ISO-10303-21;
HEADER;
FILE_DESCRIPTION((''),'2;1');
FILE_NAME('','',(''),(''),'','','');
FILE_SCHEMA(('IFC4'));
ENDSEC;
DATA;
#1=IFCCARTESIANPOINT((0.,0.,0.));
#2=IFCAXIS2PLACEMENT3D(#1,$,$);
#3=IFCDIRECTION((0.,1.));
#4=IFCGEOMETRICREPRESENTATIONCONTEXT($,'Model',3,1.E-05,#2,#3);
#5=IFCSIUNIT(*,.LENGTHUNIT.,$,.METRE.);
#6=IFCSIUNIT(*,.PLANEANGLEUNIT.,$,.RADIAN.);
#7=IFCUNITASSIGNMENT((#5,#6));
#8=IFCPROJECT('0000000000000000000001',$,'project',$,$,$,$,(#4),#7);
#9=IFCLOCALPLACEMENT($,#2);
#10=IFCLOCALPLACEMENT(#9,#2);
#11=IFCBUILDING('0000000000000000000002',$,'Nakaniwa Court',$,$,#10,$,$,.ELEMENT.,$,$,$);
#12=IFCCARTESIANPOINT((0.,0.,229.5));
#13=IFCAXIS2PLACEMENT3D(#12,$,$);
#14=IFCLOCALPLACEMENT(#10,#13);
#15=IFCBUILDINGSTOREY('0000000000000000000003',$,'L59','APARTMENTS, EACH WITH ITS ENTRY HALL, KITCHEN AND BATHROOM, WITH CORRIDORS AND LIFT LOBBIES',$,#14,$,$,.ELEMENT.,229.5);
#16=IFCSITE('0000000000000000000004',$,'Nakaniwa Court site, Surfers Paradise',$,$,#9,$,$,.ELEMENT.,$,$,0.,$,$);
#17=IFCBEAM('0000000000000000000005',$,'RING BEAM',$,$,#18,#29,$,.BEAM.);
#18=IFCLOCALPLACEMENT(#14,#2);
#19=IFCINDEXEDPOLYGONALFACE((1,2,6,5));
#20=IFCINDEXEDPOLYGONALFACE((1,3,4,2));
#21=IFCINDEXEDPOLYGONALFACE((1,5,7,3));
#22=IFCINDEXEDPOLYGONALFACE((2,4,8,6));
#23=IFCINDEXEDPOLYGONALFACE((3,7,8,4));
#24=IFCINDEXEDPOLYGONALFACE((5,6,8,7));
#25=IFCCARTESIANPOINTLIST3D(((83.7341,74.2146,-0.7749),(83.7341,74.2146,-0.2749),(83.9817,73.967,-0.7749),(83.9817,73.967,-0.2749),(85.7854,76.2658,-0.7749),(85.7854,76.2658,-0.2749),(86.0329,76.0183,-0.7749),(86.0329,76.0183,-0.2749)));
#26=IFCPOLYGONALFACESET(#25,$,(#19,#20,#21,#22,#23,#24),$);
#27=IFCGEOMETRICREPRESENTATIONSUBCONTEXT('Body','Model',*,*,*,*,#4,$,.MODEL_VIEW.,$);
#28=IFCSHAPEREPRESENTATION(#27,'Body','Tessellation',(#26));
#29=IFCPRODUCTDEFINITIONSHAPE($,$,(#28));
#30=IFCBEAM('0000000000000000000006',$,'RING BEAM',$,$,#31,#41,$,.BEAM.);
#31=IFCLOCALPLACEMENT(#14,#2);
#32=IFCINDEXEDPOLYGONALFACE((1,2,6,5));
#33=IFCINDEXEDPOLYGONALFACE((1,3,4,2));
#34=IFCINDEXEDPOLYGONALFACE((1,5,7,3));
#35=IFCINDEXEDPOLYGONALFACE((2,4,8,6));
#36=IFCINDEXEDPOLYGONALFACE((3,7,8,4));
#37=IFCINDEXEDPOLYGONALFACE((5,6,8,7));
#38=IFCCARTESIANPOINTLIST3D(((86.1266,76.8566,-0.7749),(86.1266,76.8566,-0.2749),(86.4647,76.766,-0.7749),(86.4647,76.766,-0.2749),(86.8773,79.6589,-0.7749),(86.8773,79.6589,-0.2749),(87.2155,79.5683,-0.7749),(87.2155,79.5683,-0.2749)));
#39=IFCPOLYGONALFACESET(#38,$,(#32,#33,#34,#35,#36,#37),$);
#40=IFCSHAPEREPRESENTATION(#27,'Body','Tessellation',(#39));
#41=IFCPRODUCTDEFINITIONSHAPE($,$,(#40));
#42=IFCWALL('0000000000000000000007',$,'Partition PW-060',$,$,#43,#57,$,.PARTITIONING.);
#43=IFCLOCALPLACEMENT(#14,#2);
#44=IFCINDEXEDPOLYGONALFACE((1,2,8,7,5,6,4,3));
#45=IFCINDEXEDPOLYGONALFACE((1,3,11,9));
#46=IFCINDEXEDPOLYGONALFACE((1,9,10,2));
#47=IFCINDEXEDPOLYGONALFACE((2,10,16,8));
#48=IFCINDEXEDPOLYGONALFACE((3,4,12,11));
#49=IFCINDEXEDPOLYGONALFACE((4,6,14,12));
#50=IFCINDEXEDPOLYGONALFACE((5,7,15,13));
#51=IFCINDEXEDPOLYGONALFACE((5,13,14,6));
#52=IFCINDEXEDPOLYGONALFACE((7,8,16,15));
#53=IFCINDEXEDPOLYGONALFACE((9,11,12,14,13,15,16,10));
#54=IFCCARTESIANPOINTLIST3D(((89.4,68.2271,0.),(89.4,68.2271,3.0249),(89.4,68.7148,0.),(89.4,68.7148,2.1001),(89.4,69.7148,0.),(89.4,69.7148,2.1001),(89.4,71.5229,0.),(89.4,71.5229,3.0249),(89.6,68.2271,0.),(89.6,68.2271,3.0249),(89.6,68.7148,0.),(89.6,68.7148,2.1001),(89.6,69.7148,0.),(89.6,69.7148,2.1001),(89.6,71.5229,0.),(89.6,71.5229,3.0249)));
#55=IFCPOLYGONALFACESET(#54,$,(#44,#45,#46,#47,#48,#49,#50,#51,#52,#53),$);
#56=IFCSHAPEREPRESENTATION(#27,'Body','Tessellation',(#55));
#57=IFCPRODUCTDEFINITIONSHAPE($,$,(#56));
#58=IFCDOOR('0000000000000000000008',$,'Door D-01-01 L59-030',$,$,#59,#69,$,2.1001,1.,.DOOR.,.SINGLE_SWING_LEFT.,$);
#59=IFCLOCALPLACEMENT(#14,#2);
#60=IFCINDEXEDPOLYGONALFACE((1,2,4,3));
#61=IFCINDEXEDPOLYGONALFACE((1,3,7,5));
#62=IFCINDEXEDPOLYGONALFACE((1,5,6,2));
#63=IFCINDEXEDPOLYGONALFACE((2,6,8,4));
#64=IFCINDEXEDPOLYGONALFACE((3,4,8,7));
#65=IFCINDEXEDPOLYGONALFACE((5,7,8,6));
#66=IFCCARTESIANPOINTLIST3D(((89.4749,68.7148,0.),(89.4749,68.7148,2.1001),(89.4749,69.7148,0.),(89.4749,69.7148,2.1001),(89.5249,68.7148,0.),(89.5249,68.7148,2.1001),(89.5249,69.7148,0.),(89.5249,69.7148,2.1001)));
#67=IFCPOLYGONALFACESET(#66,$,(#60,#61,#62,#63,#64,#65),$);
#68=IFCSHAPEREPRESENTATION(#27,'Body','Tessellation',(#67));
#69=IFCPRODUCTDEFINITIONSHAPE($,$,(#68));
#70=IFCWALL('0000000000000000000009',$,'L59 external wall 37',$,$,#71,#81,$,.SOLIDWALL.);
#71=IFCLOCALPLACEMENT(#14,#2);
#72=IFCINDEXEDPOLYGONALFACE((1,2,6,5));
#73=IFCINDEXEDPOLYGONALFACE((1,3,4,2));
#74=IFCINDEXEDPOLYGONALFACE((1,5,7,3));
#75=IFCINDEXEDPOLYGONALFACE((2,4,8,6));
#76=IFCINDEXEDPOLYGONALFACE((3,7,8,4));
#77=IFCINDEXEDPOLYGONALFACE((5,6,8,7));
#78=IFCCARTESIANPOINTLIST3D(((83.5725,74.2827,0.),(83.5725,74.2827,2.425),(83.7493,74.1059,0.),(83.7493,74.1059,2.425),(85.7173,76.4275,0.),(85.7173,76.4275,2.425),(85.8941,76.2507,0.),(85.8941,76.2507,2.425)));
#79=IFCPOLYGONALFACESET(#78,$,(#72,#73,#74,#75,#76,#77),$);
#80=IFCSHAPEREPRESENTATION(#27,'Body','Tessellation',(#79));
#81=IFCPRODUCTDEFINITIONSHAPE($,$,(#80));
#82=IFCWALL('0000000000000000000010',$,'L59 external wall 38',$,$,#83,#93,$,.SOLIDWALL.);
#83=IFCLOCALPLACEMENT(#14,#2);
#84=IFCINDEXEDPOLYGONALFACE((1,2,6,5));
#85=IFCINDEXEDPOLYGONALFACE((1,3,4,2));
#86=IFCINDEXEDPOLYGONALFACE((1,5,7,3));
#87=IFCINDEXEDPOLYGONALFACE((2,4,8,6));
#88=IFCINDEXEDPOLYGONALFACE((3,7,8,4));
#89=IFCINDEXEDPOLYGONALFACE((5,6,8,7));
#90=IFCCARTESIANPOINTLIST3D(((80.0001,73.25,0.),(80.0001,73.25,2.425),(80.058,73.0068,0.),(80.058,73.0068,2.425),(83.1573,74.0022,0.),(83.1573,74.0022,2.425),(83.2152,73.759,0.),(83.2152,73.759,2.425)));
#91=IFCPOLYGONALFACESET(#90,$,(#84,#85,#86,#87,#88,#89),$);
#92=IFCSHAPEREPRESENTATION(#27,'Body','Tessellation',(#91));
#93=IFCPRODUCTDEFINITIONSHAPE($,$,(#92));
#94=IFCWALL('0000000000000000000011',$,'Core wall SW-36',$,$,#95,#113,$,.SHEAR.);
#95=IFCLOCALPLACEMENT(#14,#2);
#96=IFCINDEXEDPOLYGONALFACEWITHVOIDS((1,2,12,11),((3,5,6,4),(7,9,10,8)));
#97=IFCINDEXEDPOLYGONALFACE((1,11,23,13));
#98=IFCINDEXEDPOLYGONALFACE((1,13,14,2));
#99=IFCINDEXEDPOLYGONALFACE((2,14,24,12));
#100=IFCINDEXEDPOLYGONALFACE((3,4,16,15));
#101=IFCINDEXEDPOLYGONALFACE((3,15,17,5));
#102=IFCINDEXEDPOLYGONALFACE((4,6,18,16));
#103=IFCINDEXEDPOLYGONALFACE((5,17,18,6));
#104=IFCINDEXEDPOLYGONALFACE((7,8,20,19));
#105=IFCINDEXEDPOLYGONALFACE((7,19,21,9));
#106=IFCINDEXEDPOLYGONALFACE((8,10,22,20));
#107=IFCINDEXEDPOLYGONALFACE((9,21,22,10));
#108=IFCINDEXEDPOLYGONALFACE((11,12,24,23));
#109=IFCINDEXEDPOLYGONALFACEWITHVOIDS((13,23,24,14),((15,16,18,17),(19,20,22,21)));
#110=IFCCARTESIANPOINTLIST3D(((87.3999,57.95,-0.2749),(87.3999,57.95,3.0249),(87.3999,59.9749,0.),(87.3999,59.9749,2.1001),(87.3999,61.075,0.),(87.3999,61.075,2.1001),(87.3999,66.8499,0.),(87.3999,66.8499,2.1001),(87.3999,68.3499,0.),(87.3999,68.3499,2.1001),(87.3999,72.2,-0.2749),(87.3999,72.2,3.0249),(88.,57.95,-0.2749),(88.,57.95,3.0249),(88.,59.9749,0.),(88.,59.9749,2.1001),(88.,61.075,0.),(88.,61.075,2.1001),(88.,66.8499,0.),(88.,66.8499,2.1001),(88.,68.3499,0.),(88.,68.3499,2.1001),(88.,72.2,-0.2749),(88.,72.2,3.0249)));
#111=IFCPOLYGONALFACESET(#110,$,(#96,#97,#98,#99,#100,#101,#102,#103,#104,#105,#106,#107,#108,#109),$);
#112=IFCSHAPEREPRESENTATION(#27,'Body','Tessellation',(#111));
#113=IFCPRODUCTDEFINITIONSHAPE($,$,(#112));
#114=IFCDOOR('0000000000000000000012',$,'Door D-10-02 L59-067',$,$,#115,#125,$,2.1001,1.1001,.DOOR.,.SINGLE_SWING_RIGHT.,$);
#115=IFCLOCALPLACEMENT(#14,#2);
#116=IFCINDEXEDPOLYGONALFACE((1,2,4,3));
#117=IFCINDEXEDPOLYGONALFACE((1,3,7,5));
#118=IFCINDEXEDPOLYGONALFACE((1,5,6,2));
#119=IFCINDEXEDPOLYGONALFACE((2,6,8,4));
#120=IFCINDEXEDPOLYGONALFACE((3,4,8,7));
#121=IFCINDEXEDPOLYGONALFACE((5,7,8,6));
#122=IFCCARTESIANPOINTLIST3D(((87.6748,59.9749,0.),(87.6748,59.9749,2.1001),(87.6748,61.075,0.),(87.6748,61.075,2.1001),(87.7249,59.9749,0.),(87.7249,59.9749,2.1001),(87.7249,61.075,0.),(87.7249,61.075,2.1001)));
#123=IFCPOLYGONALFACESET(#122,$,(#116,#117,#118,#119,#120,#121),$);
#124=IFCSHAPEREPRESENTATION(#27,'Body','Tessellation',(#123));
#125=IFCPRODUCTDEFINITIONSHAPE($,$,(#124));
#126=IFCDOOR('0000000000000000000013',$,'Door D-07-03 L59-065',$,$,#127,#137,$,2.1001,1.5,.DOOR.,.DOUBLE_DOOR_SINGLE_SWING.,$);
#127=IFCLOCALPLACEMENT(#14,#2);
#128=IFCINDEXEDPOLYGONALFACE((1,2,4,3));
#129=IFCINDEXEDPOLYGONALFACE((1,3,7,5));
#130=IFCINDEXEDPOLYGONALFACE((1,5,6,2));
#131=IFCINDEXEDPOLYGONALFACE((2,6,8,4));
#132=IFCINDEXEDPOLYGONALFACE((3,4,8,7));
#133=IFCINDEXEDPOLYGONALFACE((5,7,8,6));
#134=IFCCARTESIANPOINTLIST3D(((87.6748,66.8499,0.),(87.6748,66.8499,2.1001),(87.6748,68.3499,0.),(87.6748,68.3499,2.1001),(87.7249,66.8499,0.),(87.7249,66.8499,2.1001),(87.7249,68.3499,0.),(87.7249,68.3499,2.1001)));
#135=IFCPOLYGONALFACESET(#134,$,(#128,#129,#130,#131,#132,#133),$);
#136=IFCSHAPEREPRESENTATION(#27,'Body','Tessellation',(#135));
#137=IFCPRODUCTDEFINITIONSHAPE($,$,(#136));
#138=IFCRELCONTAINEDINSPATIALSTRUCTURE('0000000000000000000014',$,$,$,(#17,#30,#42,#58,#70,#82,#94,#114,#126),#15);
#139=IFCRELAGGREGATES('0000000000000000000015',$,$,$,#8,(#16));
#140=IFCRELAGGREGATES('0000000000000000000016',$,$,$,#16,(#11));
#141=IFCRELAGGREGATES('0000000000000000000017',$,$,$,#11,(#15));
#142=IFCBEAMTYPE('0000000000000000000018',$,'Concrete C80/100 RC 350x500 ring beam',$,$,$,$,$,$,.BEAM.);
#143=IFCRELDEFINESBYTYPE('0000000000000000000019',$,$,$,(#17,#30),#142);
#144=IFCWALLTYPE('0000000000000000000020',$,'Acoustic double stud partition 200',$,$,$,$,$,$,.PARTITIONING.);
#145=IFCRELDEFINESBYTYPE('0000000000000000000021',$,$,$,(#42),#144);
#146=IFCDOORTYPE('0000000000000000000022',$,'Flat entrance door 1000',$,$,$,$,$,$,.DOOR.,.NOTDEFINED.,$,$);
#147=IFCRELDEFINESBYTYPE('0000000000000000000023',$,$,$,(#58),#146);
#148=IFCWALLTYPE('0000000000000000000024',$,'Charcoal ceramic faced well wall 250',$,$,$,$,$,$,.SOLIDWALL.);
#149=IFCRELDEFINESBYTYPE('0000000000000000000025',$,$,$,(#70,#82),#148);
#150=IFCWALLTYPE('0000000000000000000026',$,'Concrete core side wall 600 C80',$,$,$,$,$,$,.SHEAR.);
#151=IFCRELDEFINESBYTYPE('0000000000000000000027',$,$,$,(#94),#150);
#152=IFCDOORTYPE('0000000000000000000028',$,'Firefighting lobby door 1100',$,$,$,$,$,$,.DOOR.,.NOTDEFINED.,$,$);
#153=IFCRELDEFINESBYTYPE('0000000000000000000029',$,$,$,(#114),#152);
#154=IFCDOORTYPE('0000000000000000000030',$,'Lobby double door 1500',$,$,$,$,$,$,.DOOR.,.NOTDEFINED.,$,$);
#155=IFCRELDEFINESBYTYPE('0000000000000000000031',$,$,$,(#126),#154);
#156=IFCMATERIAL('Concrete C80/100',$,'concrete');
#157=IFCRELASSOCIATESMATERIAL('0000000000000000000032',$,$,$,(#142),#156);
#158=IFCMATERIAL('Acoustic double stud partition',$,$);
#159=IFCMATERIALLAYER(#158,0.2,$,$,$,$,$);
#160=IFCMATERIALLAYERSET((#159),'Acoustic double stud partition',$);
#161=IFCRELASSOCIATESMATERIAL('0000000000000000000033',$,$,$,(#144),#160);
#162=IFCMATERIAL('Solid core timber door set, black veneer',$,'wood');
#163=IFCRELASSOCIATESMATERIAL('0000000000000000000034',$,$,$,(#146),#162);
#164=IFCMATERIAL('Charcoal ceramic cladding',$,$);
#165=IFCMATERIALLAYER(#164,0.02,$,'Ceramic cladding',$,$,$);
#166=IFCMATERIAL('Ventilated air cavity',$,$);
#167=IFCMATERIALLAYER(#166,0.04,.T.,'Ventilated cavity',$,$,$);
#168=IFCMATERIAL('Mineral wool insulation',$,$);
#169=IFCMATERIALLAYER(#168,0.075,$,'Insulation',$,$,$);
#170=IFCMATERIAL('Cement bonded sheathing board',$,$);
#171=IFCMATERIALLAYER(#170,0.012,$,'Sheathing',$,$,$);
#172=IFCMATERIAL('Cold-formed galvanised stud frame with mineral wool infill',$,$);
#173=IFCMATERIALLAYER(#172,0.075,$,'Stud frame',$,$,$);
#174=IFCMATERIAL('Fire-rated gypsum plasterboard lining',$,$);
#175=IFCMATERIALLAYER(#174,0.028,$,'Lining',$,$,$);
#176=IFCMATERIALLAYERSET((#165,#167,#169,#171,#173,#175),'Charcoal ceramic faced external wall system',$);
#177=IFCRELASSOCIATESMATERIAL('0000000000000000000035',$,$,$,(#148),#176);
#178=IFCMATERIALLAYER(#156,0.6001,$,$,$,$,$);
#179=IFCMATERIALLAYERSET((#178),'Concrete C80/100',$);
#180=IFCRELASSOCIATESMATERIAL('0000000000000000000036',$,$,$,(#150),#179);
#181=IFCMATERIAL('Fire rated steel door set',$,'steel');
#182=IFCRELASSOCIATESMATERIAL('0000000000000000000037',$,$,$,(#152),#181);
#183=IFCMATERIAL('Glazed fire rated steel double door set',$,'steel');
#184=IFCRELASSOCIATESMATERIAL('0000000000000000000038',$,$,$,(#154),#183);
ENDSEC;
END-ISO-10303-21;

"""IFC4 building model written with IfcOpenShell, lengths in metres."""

from ifc_helpers import new_model, si_unit, direction, frame, frame_2d, origin, origin_2d, place, context, subcontext, project, spatial, rectangle, extrude, material, layer, layer_set, material_profile, profile_set, type_object, element, fill, save


model = new_model("IFC4")

# Units and contexts
model_context = context("Model", 3, precision=1e-05, world=origin(), true_north=direction((0.0, 1.0)))
body_context = subcontext(model_context, "Body", "Model", "MODEL_VIEW")
ifc_project = project(units=[si_unit("LENGTHUNIT", "METRE"), si_unit("PLANEANGLEUNIT", "RADIAN")], contexts=[model_context])

# Site, building, storey
site_placement = place(None, origin())
site = spatial("IfcSite", under=ifc_project, at=site_placement, Name="Nakaniwa Court site, Surfers Paradise", CompositionType="ELEMENT", RefElevation=0.0)
building_placement = place(site_placement, origin())
building = spatial("IfcBuilding", under=site, at=building_placement, Name="Nakaniwa Court", CompositionType="ELEMENT")
storey_placement = place(building_placement, frame((0.0, 0.0, 229.5)))
storey = spatial("IfcBuildingStorey", under=building, at=storey_placement, Name="L59", Description="APARTMENTS, EACH WITH ITS ENTRY HALL, KITCHEN AND BATHROOM, WITH CORRIDORS AND LIFT LOBBIES", CompositionType="ELEMENT", Elevation=229.5)

# Shared definitions
ifc_material_1 = material(Name="Concrete C80/100", Category="concrete")

# Beams
ifc_material_profile_1 = material_profile(ifc_material_1, rectangle(XDim=0.3501, YDim=0.5, at=origin_2d()), Name="Concrete C80/100 RC 350x500 ring beam")
ifc_profile_set_1 = profile_set([ifc_material_profile_1], Name="Concrete C80/100")
beam_type = type_object("IfcBeamType", Name="Concrete C80/100 RC 350x500 ring beam", PredefinedType="BEAM", material=ifc_profile_set_1)
beam_1_placement = place(storey_placement, frame((83.8579, 74.0908, -0.5249), z_axis=(0.707107, 0.707107, 0.0), x_axis=(-0.707107, 0.707107, 0.0)))
element("IfcBeam", 1, at=beam_1_placement, inside=storey, type_object=beam_type, Name="RING BEAM", PredefinedType="BEAM", context=body_context, shape_type="SweptSolid", body=[
    extrude(rectangle(XDim=0.3501, YDim=0.5, at=origin_2d()), origin(), (0.0, 0.0, 1.0), 2.9009),
])
beam_2_placement = place(storey_placement, frame((86.2957, 76.8113, -0.5249), z_axis=(0.258778, 0.965937, 0.0), x_axis=(-0.965937, 0.258778, 0.0)))
element("IfcBeam", 2, at=beam_2_placement, inside=storey, type_object=beam_type, Name="RING BEAM", PredefinedType="BEAM", context=body_context, shape_type="SweptSolid", body=[
    extrude(rectangle(XDim=0.3501, YDim=0.5, at=origin_2d()), origin(), (0.0, 0.0, 1.0), 2.9011),
])

# Wall, opening, door
ifc_material_2 = material(Name="Acoustic double stud partition")
ifc_layer_1 = layer(ifc_material_2, 0.2)
ifc_layer_set_1 = layer_set([ifc_layer_1], Name="Acoustic double stud partition")
wall_type_1 = type_object("IfcWallType", Name="Acoustic double stud partition 200", PredefinedType="PARTITIONING", material=ifc_layer_set_1)
wall_1_placement = place(storey_placement, frame((89.5, 71.5229, 0.0), z_axis=(0.0, 0.0, 1.0), x_axis=(0.0, -1.0, 0.0)))
wall_1 = element("IfcWall", 3, at=wall_1_placement, inside=storey, type_object=wall_type_1, Name="Partition PW-060", PredefinedType="PARTITIONING", context=body_context, shape_type="SweptSolid", body=[
    extrude(rectangle(XDim=3.2959, YDim=0.2, at=frame_2d((1.6479, 0.0))), origin(), (0.0, 0.0, 1.0), 3.0249),
])
opening_1_placement = place(wall_1_placement, frame((1.8081, 0.0, 0.0)))
opening_1 = element("IfcOpeningElement", 4, at=opening_1_placement, cuts=wall_1, PredefinedType="OPENING", context=body_context, shape_type="SweptSolid", body=[
    extrude(rectangle(XDim=1.0, YDim=2.1001, at=frame_2d((0.5, 1.05))), frame((0.0, 0.1099, 0.0), z_axis=(0.0, -1.0, 0.0), x_axis=(1.0, 0.0, 0.0)), (0.0, 0.0, 1.0), 0.22),
])
ifc_material_3 = material(Name="Solid core timber door set, black veneer", Category="wood")
door_type_1 = type_object("IfcDoorType", Name="Flat entrance door 1000", OperationType="NOTDEFINED", PredefinedType="DOOR", material=ifc_material_3)
door_1_placement = place(opening_1_placement, origin())
door_1 = element("IfcDoor", 5, at=door_1_placement, inside=storey, type_object=door_type_1, Name="Door D-01-01 L59-030", OperationType="SINGLE_SWING_LEFT", OverallHeight=2.1001, OverallWidth=1.0, PredefinedType="DOOR", context=body_context, shape_type="SweptSolid", body=[
    extrude(rectangle(XDim=1.0, YDim=2.1001, at=frame_2d((0.5, 1.05))), frame((0.0, 0.0249, 0.0), z_axis=(0.0, -1.0, 0.0), x_axis=(1.0, 0.0, 0.0)), (0.0, 0.0, 1.0), 0.05),
])
fill(opening_1, door_1)

# Walls
ifc_material_4 = material(Name="Charcoal ceramic cladding")
ifc_layer_2 = layer(ifc_material_4, 0.02, Name="Ceramic cladding")
ifc_material_5 = material(Name="Ventilated air cavity")
ifc_layer_3 = layer(ifc_material_5, 0.04, ventilated=True, Name="Ventilated cavity")
ifc_material_6 = material(Name="Mineral wool insulation")
ifc_layer_4 = layer(ifc_material_6, 0.075, Name="Insulation")
ifc_material_7 = material(Name="Cement bonded sheathing board")
ifc_layer_5 = layer(ifc_material_7, 0.012, Name="Sheathing")
ifc_material_8 = material(Name="Cold-formed galvanised stud frame with mineral wool infill")
ifc_layer_6 = layer(ifc_material_8, 0.075, Name="Stud frame")
ifc_material_9 = material(Name="Fire-rated gypsum plasterboard lining")
ifc_layer_7 = layer(ifc_material_9, 0.028, Name="Lining")
ifc_layer_set_2 = layer_set([ifc_layer_2, ifc_layer_3, ifc_layer_4, ifc_layer_5, ifc_layer_6, ifc_layer_7], Name="Charcoal ceramic faced external wall system")
wall_type_2 = type_object("IfcWallType", Name="Charcoal ceramic faced well wall 250", PredefinedType="SOLIDWALL", material=ifc_layer_set_2)
wall_2_placement = place(storey_placement, frame((85.8057, 76.3391, 0.0), z_axis=(0.0, 0.0, 1.0), x_axis=(-0.707107, -0.707107, 0.0)))
element("IfcWall", 6, at=wall_2_placement, inside=storey, type_object=wall_type_2, Name="L59 external wall 37", PredefinedType="SOLIDWALL", context=body_context, shape_type="SweptSolid", body=[
    extrude(rectangle(XDim=3.0332, YDim=0.25, at=frame_2d((1.5166, 0.0))), origin(), (0.0, 0.0, 1.0), 2.425),
])
wall_3_placement = place(storey_placement, frame((83.1863, 73.8806, 0.0), z_axis=(0.0, 0.0, 1.0), x_axis=(-0.972773, -0.23176, 0.0)))
element("IfcWall", 7, at=wall_3_placement, inside=storey, type_object=wall_type_2, Name="L59 external wall 38", PredefinedType="SOLIDWALL", context=body_context, shape_type="SweptSolid", body=[
    extrude(rectangle(XDim=3.2456, YDim=0.25, at=frame_2d((1.6228, 0.0))), origin(), (0.0, 0.0, 1.0), 2.425),
])

# Wall, openings, doors
ifc_layer_8 = layer(ifc_material_1, 0.6001)
ifc_layer_set_3 = layer_set([ifc_layer_8], Name="Concrete C80/100")
wall_type_3 = type_object("IfcWallType", Name="Concrete core side wall 600 C80", PredefinedType="SHEAR", material=ifc_layer_set_3)
wall_4_placement = place(storey_placement, frame((87.7, 72.2, -0.2749), z_axis=(0.0, 0.0, 1.0), x_axis=(0.0, -1.0, 0.0)))
wall_4 = element("IfcWall", 8, at=wall_4_placement, inside=storey, type_object=wall_type_3, Name="Core wall SW-36", PredefinedType="SHEAR", context=body_context, shape_type="SweptSolid", body=[
    extrude(rectangle(XDim=14.25, YDim=0.6001, at=frame_2d((7.125, 0.0))), origin(), (0.0, 0.0, 1.0), 3.2998),
])
opening_2_placement = place(wall_4_placement, frame((3.8501, 0.0, 0.2749)))
opening_2 = element("IfcOpeningElement", 9, at=opening_2_placement, cuts=wall_4, PredefinedType="OPENING", context=body_context, shape_type="SweptSolid", body=[
    extrude(rectangle(XDim=1.5, YDim=2.1001, at=frame_2d((0.75, 1.05))), frame((0.0, 0.3101, 0.0), z_axis=(0.0, -1.0, 0.0), x_axis=(1.0, 0.0, 0.0)), (0.0, 0.0, 1.0), 0.6201),
])
opening_3_placement = place(wall_4_placement, frame((11.125, 0.0, 0.2749)))
opening_3 = element("IfcOpeningElement", 10, at=opening_3_placement, cuts=wall_4, PredefinedType="OPENING", context=body_context, shape_type="SweptSolid", body=[
    extrude(rectangle(XDim=1.1001, YDim=2.1001, at=frame_2d((0.55, 1.05))), frame((0.0, 0.3101, 0.0), z_axis=(0.0, -1.0, 0.0), x_axis=(1.0, 0.0, 0.0)), (0.0, 0.0, 1.0), 0.6201),
])
ifc_material_10 = material(Name="Fire rated steel door set", Category="steel")
door_type_2 = type_object("IfcDoorType", Name="Firefighting lobby door 1100", OperationType="NOTDEFINED", PredefinedType="DOOR", material=ifc_material_10)
door_2_placement = place(opening_3_placement, origin())
door_2 = element("IfcDoor", 11, at=door_2_placement, inside=storey, type_object=door_type_2, Name="Door D-10-02 L59-067", OperationType="SINGLE_SWING_RIGHT", OverallHeight=2.1001, OverallWidth=1.1001, PredefinedType="DOOR", context=body_context, shape_type="SweptSolid", body=[
    extrude(rectangle(XDim=1.1001, YDim=2.1001, at=frame_2d((0.55, 1.05))), frame((0.0, 0.0249, 0.0), z_axis=(0.0, -1.0, 0.0), x_axis=(1.0, 0.0, 0.0)), (0.0, 0.0, 1.0), 0.05),
])
fill(opening_3, door_2)
ifc_material_11 = material(Name="Glazed fire rated steel double door set", Category="steel")
door_type_3 = type_object("IfcDoorType", Name="Lobby double door 1500", OperationType="NOTDEFINED", PredefinedType="DOOR", material=ifc_material_11)
door_3_placement = place(opening_2_placement, origin())
door_3 = element("IfcDoor", 12, at=door_3_placement, inside=storey, type_object=door_type_3, Name="Door D-07-03 L59-065", OperationType="DOUBLE_DOOR_SINGLE_SWING", OverallHeight=2.1001, OverallWidth=1.5, PredefinedType="DOOR", context=body_context, shape_type="SweptSolid", body=[
    extrude(rectangle(XDim=1.5, YDim=2.1001, at=frame_2d((0.75, 1.05))), frame((0.0, 0.0249, 0.0), z_axis=(0.0, -1.0, 0.0), x_axis=(1.0, 0.0, 0.0)), (0.0, 0.0, 1.0), 0.05),
])
fill(opening_2, door_3)

save(model, "model.ifc")
